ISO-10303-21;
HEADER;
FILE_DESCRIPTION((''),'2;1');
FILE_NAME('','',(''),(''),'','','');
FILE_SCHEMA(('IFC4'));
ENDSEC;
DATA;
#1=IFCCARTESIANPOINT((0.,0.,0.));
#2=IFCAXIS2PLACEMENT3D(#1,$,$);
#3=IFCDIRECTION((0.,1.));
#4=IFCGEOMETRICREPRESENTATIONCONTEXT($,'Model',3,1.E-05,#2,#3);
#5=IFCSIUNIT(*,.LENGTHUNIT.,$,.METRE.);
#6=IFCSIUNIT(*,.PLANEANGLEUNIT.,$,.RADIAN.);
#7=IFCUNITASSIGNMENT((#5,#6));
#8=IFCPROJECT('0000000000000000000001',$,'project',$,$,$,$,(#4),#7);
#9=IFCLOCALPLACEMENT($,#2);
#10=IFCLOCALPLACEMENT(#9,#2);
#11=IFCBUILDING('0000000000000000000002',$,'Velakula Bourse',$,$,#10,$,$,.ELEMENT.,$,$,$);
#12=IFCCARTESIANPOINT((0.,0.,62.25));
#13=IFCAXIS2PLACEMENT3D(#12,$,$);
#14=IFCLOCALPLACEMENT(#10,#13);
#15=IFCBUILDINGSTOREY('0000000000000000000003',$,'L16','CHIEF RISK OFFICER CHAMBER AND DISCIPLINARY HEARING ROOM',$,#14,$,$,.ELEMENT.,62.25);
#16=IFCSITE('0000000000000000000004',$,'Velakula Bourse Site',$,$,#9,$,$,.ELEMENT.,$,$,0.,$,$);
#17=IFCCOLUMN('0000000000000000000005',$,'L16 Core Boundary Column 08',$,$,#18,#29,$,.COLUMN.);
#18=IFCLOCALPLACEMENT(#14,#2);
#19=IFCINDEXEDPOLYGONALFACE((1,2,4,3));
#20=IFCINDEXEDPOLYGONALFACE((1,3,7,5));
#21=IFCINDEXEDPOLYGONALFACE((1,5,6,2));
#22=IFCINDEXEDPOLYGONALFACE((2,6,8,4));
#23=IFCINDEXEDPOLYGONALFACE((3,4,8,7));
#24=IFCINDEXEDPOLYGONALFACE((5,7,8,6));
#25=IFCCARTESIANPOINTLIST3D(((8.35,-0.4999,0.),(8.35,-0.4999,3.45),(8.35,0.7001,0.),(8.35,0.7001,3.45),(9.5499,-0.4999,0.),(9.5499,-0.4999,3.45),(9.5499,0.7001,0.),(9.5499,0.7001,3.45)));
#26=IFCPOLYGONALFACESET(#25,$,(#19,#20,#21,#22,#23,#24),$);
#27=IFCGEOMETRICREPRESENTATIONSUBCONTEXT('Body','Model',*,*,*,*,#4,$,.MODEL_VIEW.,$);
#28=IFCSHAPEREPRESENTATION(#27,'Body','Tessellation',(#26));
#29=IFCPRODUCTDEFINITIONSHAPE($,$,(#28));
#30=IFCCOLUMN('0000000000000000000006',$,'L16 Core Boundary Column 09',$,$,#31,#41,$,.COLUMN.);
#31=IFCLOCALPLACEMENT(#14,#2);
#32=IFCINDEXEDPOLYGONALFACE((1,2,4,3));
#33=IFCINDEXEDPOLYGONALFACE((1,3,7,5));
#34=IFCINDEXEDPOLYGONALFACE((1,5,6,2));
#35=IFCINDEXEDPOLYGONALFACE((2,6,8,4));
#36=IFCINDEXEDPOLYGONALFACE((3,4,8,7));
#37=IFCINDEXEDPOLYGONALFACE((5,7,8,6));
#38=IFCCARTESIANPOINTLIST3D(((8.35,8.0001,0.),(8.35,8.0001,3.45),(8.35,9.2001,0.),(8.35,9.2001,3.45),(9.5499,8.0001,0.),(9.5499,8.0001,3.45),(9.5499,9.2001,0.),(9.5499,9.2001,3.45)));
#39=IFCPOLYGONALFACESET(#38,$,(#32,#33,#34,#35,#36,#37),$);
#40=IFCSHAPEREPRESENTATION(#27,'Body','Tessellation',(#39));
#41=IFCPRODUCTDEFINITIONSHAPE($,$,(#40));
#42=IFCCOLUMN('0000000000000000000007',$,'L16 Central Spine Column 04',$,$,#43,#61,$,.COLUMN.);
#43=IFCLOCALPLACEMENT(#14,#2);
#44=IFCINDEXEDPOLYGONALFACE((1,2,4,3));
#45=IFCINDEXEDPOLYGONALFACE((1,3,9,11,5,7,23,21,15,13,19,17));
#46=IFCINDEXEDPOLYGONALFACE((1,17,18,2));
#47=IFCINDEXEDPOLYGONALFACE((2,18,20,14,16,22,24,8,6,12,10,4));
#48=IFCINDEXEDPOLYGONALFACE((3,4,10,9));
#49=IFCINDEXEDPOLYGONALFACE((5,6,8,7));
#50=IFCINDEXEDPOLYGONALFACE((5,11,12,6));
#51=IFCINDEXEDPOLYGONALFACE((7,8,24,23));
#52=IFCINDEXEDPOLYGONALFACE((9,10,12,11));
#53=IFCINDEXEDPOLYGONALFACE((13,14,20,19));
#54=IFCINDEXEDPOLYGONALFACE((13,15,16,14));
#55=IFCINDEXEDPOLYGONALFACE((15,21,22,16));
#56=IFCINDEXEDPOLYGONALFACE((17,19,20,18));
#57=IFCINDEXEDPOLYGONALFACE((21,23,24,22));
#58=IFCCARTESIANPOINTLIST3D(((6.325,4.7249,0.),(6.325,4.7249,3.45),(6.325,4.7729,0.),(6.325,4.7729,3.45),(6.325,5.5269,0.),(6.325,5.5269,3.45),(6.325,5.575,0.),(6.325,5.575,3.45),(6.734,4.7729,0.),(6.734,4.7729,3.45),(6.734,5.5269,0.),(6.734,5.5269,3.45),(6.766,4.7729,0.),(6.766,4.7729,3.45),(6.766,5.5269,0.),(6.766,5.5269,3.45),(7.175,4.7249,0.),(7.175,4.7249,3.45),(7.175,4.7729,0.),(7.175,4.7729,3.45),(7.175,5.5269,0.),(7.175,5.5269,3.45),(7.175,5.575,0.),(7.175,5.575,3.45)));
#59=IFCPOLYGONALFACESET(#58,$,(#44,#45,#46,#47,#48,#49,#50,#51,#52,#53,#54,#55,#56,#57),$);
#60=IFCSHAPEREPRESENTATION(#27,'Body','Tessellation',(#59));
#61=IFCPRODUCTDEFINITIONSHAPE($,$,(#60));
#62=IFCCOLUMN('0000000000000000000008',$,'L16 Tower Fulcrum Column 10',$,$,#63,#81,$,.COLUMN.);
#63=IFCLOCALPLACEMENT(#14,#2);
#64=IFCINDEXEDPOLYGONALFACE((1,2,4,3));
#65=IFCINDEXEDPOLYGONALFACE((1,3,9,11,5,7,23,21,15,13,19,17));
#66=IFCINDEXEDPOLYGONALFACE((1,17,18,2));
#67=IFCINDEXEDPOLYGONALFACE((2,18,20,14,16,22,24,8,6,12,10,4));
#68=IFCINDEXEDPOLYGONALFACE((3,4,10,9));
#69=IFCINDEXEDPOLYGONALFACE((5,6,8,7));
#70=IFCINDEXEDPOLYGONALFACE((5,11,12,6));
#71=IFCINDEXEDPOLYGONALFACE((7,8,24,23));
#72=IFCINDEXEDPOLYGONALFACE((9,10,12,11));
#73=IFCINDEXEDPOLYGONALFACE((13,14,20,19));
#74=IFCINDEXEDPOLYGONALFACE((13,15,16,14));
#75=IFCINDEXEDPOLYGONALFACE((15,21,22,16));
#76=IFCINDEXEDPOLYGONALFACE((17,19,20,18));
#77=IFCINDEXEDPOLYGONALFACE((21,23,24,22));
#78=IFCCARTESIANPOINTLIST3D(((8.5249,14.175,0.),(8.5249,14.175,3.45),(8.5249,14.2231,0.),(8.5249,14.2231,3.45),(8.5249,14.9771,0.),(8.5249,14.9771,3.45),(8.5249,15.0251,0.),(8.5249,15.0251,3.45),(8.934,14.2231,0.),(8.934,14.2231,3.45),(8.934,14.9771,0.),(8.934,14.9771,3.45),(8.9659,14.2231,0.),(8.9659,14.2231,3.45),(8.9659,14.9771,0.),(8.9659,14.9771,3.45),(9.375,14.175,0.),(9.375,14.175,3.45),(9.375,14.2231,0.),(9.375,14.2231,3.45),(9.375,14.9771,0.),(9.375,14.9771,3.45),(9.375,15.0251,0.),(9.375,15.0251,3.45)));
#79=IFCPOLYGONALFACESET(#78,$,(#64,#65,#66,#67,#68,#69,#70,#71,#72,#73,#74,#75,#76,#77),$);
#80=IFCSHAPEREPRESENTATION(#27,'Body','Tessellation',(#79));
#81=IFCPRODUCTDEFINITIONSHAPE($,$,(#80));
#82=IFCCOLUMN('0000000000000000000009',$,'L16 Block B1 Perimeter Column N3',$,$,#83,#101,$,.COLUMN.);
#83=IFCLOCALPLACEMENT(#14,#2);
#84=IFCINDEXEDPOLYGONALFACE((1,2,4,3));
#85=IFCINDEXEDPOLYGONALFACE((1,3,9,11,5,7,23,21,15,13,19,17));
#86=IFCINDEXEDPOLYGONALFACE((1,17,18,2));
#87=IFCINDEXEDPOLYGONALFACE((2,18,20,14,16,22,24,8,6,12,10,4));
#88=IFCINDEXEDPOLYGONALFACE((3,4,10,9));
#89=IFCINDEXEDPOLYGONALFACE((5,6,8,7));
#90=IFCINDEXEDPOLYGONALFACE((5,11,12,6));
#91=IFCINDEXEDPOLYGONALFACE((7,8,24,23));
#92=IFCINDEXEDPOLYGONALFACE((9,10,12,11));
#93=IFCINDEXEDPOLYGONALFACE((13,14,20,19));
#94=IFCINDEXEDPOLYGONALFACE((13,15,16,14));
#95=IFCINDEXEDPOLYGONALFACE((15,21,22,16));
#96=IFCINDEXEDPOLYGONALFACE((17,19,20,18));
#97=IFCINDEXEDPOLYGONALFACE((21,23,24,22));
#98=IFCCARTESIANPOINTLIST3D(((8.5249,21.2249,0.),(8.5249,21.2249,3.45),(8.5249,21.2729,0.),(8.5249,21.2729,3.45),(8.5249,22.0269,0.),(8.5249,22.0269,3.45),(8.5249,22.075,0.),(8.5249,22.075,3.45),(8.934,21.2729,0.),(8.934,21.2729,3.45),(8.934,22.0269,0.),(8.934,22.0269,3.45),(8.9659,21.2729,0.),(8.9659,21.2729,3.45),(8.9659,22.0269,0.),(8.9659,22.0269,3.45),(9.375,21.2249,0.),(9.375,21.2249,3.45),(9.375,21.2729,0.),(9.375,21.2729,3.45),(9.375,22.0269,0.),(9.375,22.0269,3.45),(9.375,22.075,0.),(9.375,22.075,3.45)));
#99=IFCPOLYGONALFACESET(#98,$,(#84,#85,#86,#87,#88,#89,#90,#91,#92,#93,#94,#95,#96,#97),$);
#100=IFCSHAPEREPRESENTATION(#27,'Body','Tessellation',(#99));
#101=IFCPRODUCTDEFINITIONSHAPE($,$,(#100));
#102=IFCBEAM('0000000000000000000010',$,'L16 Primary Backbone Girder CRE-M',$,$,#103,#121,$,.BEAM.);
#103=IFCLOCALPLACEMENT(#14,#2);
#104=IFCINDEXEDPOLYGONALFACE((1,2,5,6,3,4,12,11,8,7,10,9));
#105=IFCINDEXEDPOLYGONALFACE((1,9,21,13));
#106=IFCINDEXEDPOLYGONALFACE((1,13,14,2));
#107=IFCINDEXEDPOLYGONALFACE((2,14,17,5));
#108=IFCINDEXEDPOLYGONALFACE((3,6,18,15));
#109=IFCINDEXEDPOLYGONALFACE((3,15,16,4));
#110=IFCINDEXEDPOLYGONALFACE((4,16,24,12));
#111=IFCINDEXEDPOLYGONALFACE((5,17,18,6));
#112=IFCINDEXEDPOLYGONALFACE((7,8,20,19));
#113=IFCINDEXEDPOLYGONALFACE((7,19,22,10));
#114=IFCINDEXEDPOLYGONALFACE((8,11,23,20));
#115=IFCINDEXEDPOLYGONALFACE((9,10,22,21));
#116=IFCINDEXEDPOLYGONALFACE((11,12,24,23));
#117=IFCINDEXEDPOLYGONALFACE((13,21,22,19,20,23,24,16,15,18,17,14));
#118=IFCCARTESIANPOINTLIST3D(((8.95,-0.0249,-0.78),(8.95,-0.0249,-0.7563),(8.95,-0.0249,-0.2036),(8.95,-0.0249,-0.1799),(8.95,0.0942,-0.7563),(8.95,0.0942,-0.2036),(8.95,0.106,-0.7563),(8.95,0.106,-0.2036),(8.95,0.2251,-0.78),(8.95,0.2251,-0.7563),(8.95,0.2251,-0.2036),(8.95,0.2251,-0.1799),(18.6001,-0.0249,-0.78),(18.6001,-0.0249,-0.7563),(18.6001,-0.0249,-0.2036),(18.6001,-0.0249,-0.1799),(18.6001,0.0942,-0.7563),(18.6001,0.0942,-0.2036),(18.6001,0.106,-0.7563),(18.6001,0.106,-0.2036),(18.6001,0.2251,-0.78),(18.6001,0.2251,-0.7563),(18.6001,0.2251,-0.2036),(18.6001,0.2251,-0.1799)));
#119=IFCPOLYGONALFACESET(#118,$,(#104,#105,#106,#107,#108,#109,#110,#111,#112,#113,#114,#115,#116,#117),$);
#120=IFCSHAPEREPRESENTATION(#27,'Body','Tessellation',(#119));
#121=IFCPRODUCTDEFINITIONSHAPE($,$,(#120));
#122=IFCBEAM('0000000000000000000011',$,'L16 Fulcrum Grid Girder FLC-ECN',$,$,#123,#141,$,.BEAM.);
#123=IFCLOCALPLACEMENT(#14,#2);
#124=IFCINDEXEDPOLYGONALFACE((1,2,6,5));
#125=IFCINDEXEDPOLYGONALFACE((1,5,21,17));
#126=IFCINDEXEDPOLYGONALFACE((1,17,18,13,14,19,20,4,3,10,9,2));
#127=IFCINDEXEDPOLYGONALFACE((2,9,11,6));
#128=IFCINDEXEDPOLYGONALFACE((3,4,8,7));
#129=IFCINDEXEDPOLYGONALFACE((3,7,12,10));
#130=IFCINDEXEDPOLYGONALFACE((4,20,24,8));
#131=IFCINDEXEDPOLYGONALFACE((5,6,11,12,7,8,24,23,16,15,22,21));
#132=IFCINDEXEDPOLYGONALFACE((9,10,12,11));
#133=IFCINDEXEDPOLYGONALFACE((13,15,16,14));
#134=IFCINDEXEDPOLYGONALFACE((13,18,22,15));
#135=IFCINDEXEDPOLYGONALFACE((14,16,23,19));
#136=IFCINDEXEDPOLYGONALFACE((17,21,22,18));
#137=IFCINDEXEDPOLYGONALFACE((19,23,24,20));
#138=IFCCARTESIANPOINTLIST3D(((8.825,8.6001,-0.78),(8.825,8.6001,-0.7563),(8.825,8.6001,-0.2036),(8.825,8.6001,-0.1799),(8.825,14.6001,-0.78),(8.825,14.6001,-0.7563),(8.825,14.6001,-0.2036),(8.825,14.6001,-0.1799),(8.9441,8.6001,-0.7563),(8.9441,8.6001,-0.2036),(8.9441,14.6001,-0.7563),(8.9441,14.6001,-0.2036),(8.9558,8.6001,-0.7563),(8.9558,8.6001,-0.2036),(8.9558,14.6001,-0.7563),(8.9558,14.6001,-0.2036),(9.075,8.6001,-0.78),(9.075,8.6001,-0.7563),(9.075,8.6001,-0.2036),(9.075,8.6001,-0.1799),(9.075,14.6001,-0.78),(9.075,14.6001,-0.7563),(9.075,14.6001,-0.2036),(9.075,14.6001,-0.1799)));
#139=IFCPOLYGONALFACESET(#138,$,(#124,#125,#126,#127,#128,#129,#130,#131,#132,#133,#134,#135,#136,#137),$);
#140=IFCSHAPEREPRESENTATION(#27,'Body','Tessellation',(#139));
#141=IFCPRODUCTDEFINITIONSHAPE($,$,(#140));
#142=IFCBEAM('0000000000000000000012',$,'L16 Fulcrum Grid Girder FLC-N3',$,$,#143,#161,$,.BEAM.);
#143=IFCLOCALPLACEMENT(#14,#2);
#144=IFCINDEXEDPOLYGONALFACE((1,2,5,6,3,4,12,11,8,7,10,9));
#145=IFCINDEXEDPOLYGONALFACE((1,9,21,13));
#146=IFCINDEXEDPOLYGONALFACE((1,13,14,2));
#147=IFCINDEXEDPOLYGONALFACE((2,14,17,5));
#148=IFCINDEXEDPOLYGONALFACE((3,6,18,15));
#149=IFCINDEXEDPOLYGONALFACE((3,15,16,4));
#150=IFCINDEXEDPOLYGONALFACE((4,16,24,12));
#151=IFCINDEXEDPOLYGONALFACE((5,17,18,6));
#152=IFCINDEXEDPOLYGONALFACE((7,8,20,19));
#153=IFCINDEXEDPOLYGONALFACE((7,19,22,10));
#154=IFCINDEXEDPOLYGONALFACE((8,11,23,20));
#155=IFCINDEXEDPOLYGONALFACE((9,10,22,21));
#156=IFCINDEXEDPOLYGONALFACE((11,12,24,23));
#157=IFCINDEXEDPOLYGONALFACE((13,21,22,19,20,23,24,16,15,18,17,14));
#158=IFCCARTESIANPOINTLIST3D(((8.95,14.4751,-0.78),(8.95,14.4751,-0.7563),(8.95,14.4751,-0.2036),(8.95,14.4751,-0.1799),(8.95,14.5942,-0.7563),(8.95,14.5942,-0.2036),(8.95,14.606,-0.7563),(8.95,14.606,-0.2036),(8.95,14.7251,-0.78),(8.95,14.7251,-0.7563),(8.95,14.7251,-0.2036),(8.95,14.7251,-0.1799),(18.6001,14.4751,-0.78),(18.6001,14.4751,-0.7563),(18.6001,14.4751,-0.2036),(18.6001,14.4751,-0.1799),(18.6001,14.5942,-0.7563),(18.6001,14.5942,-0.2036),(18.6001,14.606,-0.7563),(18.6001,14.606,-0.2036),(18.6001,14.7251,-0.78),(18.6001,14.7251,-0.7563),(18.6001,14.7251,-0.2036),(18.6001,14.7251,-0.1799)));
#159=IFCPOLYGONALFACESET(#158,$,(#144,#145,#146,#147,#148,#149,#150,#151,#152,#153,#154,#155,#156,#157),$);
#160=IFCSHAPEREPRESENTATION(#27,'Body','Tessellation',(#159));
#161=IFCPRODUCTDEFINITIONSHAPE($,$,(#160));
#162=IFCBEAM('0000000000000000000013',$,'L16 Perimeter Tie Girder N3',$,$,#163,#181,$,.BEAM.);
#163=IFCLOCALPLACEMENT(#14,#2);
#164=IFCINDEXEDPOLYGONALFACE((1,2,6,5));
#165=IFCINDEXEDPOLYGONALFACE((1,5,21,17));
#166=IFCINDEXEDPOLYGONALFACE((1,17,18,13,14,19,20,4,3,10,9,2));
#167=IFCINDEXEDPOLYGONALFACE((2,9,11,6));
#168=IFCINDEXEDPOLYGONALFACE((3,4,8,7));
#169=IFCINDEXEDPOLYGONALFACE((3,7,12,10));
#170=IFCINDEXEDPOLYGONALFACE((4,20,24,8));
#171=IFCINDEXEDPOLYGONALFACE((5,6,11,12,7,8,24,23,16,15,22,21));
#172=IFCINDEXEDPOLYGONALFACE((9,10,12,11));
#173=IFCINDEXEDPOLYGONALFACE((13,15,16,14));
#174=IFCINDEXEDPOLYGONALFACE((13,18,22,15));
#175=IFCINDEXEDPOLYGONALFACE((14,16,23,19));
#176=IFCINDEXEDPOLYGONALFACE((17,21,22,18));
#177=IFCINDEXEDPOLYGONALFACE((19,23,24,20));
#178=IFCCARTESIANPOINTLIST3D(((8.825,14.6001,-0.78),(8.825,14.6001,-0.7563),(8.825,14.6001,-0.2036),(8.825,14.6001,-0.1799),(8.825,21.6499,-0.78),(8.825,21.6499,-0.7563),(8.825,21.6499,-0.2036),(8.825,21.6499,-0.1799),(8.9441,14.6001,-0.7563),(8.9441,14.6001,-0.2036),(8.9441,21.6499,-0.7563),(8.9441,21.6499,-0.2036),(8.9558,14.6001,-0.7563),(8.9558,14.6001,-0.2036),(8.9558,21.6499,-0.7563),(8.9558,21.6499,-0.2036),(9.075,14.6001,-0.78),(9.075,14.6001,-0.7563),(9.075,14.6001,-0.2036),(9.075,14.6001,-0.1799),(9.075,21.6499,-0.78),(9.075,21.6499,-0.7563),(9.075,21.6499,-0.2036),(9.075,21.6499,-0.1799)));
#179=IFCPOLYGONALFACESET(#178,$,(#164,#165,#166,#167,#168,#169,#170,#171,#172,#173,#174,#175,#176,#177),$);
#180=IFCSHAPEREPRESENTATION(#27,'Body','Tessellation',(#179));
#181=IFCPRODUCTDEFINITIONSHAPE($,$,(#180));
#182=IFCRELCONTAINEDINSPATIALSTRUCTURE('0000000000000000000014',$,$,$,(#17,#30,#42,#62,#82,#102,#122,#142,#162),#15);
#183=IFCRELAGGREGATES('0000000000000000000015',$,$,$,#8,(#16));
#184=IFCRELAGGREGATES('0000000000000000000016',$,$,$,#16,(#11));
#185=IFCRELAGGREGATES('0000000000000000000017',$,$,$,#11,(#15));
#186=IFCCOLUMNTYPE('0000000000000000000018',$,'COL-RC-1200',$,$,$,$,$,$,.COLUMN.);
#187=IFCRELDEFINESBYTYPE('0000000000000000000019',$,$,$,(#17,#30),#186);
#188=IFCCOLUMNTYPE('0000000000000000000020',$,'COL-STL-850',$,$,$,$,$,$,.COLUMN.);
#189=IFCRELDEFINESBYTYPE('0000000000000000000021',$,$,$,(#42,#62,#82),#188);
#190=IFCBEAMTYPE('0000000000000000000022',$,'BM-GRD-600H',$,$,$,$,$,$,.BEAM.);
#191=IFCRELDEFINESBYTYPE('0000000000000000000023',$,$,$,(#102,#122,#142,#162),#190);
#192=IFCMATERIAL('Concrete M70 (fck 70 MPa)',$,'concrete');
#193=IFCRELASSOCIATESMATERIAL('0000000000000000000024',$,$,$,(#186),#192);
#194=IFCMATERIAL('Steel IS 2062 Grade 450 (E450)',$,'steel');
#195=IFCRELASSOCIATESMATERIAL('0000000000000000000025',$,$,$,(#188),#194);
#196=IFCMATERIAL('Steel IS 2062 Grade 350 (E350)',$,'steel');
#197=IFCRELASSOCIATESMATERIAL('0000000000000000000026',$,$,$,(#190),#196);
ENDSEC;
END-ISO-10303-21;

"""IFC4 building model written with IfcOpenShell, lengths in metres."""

from ifc_helpers import new_model, si_unit, direction, frame, origin, origin_2d, place, context, subcontext, project, spatial, rectangle, i_section, extrude, material, material_profile, profile_set, type_object, element, save


model = new_model("IFC4")

# Units and contexts
model_context = context("Model", 3, precision=1e-05, world=origin(), true_north=direction((0.0, 1.0)))
body_context = subcontext(model_context, "Body", "Model", "MODEL_VIEW")
ifc_project = project(units=[si_unit("LENGTHUNIT", "METRE"), si_unit("PLANEANGLEUNIT", "RADIAN")], contexts=[model_context])

# Site, building, storey
site_placement = place(None, origin())
site = spatial("IfcSite", under=ifc_project, at=site_placement, Name="Velakula Bourse Site", CompositionType="ELEMENT", RefElevation=0.0)
building_placement = place(site_placement, origin())
building = spatial("IfcBuilding", under=site, at=building_placement, Name="Velakula Bourse", CompositionType="ELEMENT")
storey_placement = place(building_placement, frame((0.0, 0.0, 62.25)))
storey = spatial("IfcBuildingStorey", under=building, at=storey_placement, Name="L16", Description="CHIEF RISK OFFICER CHAMBER AND DISCIPLINARY HEARING ROOM", CompositionType="ELEMENT", Elevation=62.25)

# Columns
ifc_material_1 = material(Name="Concrete M70 (fck 70 MPa)", Category="concrete")
ifc_material_profile_1 = material_profile(ifc_material_1, rectangle(XDim=1.2, YDim=1.2, at=origin_2d()), Name="Concrete M70 (fck 70 MPa)")
ifc_profile_set_1 = profile_set([ifc_material_profile_1], Name="Concrete M70 (fck 70 MPa)")
column_type_1 = type_object("IfcColumnType", Name="COL-RC-1200", PredefinedType="COLUMN", material=ifc_profile_set_1)
for number, where, z_axis, x_axis, name in (
    (1, (8.95, 0.1001, 0.0), (0.0, 0.0, 1.0), (1.0, 0.0, 0.0), "L16 Core Boundary Column 08"),
    (2, (8.95, 8.6001, 0.0), (0.0, 0.0, 1.0), (1.0, 0.0, 0.0), "L16 Core Boundary Column 09"),
):
    element("IfcColumn", number, at=place(storey_placement, frame(where, z_axis=z_axis, x_axis=x_axis)), inside=storey, type_object=column_type_1, Name=name, PredefinedType="COLUMN", context=body_context, shape_type="SweptSolid", body=[
        extrude(rectangle(XDim=1.2, YDim=1.2, at=origin_2d()), origin(), (0.0, 0.0, 1.0), 3.45),
    ])
ifc_material_2 = material(Name="Steel IS 2062 Grade 450 (E450)", Category="steel")
ifc_material_profile_2 = material_profile(ifc_material_2, i_section(OverallWidth=0.8501, OverallDepth=0.8501, WebThickness=0.032, FlangeThickness=0.0481, at=origin_2d()), Name="Steel IS 2062 Grade 450 (E450)")
ifc_profile_set_2 = profile_set([ifc_material_profile_2], Name="Steel IS 2062 Grade 450 (E450)")
column_type_2 = type_object("IfcColumnType", Name="COL-STL-850", PredefinedType="COLUMN", material=ifc_profile_set_2)
for number, where, z_axis, x_axis, name in (
    (3, (6.75, 5.1499, 0.0), (0.0, 0.0, 1.0), (1.0, 0.0, 0.0), "L16 Central Spine Column 04"),
    (4, (8.95, 14.6001, 0.0), (0.0, 0.0, 1.0), (1.0, 0.0, 0.0), "L16 Tower Fulcrum Column 10"),
    (5, (8.95, 21.6499, 0.0), (0.0, 0.0, 1.0), (1.0, 0.0, 0.0), "L16 Block B1 Perimeter Column N3"),
):
    element("IfcColumn", number, at=place(storey_placement, frame(where, z_axis=z_axis, x_axis=x_axis)), inside=storey, type_object=column_type_2, Name=name, PredefinedType="COLUMN", context=body_context, shape_type="SweptSolid", body=[
        extrude(i_section(OverallWidth=0.8501, OverallDepth=0.8501, WebThickness=0.032, FlangeThickness=0.0481, at=origin_2d()), origin(), (0.0, 0.0, 1.0), 3.45),
    ])

# Beams
ifc_material_3 = material(Name="Steel IS 2062 Grade 350 (E350)", Category="steel")
ifc_material_profile_3 = material_profile(ifc_material_3, i_section(OverallWidth=0.25, OverallDepth=0.6001, WebThickness=0.0117, FlangeThickness=0.0237, at=origin_2d()), Name="Steel IS 2062 Grade 350 (E350)")
ifc_profile_set_3 = profile_set([ifc_material_profile_3], Name="Steel IS 2062 Grade 350 (E350)")
beam_type_1 = type_object("IfcBeamType", Name="BM-GRD-600H", PredefinedType="BEAM", material=ifc_profile_set_3)
beam_1_placement = place(storey_placement, frame((8.95, 0.1001, -0.48), z_axis=(1.0, 0.0, 0.0), x_axis=(0.0, 1.0, 0.0)))
element("IfcBeam", 6, at=beam_1_placement, inside=storey, type_object=beam_type_1, Name="L16 Primary Backbone Girder CRE-M", PredefinedType="BEAM", context=body_context, shape_type="SweptSolid", body=[
    extrude(i_section(OverallWidth=0.25, OverallDepth=0.6001, WebThickness=0.0117, FlangeThickness=0.0237, at=origin_2d()), origin(), (0.0, 0.0, 1.0), 9.6501),
])
beam_2_placement = place(storey_placement, frame((8.95, 8.6001, -0.48), z_axis=(0.0, 1.0, 0.0), x_axis=(-1.0, 0.0, 0.0)))
element("IfcBeam", 7, at=beam_2_placement, inside=storey, type_object=beam_type_1, Name="L16 Fulcrum Grid Girder FLC-ECN", PredefinedType="BEAM", context=body_context, shape_type="SweptSolid", body=[
    extrude(i_section(OverallWidth=0.25, OverallDepth=0.6001, WebThickness=0.0117, FlangeThickness=0.0237, at=origin_2d()), origin(), (0.0, 0.0, 1.0), 6.0),
])
beam_3_placement = place(storey_placement, frame((8.95, 14.6001, -0.48), z_axis=(1.0, 0.0, 0.0), x_axis=(0.0, 1.0, 0.0)))
element("IfcBeam", 8, at=beam_3_placement, inside=storey, type_object=beam_type_1, Name="L16 Fulcrum Grid Girder FLC-N3", PredefinedType="BEAM", context=body_context, shape_type="SweptSolid", body=[
    extrude(i_section(OverallWidth=0.25, OverallDepth=0.6001, WebThickness=0.0117, FlangeThickness=0.0237, at=origin_2d()), origin(), (0.0, 0.0, 1.0), 9.6501),
])
beam_4_placement = place(storey_placement, frame((8.95, 14.6001, -0.48), z_axis=(0.0, 1.0, 0.0), x_axis=(-1.0, 0.0, 0.0)))
element("IfcBeam", 9, at=beam_4_placement, inside=storey, type_object=beam_type_1, Name="L16 Perimeter Tie Girder N3", PredefinedType="BEAM", context=body_context, shape_type="SweptSolid", body=[
    extrude(i_section(OverallWidth=0.25, OverallDepth=0.6001, WebThickness=0.0117, FlangeThickness=0.0237, at=origin_2d()), origin(), (0.0, 0.0, 1.0), 7.0498),
])

save(model, "model.ifc")
